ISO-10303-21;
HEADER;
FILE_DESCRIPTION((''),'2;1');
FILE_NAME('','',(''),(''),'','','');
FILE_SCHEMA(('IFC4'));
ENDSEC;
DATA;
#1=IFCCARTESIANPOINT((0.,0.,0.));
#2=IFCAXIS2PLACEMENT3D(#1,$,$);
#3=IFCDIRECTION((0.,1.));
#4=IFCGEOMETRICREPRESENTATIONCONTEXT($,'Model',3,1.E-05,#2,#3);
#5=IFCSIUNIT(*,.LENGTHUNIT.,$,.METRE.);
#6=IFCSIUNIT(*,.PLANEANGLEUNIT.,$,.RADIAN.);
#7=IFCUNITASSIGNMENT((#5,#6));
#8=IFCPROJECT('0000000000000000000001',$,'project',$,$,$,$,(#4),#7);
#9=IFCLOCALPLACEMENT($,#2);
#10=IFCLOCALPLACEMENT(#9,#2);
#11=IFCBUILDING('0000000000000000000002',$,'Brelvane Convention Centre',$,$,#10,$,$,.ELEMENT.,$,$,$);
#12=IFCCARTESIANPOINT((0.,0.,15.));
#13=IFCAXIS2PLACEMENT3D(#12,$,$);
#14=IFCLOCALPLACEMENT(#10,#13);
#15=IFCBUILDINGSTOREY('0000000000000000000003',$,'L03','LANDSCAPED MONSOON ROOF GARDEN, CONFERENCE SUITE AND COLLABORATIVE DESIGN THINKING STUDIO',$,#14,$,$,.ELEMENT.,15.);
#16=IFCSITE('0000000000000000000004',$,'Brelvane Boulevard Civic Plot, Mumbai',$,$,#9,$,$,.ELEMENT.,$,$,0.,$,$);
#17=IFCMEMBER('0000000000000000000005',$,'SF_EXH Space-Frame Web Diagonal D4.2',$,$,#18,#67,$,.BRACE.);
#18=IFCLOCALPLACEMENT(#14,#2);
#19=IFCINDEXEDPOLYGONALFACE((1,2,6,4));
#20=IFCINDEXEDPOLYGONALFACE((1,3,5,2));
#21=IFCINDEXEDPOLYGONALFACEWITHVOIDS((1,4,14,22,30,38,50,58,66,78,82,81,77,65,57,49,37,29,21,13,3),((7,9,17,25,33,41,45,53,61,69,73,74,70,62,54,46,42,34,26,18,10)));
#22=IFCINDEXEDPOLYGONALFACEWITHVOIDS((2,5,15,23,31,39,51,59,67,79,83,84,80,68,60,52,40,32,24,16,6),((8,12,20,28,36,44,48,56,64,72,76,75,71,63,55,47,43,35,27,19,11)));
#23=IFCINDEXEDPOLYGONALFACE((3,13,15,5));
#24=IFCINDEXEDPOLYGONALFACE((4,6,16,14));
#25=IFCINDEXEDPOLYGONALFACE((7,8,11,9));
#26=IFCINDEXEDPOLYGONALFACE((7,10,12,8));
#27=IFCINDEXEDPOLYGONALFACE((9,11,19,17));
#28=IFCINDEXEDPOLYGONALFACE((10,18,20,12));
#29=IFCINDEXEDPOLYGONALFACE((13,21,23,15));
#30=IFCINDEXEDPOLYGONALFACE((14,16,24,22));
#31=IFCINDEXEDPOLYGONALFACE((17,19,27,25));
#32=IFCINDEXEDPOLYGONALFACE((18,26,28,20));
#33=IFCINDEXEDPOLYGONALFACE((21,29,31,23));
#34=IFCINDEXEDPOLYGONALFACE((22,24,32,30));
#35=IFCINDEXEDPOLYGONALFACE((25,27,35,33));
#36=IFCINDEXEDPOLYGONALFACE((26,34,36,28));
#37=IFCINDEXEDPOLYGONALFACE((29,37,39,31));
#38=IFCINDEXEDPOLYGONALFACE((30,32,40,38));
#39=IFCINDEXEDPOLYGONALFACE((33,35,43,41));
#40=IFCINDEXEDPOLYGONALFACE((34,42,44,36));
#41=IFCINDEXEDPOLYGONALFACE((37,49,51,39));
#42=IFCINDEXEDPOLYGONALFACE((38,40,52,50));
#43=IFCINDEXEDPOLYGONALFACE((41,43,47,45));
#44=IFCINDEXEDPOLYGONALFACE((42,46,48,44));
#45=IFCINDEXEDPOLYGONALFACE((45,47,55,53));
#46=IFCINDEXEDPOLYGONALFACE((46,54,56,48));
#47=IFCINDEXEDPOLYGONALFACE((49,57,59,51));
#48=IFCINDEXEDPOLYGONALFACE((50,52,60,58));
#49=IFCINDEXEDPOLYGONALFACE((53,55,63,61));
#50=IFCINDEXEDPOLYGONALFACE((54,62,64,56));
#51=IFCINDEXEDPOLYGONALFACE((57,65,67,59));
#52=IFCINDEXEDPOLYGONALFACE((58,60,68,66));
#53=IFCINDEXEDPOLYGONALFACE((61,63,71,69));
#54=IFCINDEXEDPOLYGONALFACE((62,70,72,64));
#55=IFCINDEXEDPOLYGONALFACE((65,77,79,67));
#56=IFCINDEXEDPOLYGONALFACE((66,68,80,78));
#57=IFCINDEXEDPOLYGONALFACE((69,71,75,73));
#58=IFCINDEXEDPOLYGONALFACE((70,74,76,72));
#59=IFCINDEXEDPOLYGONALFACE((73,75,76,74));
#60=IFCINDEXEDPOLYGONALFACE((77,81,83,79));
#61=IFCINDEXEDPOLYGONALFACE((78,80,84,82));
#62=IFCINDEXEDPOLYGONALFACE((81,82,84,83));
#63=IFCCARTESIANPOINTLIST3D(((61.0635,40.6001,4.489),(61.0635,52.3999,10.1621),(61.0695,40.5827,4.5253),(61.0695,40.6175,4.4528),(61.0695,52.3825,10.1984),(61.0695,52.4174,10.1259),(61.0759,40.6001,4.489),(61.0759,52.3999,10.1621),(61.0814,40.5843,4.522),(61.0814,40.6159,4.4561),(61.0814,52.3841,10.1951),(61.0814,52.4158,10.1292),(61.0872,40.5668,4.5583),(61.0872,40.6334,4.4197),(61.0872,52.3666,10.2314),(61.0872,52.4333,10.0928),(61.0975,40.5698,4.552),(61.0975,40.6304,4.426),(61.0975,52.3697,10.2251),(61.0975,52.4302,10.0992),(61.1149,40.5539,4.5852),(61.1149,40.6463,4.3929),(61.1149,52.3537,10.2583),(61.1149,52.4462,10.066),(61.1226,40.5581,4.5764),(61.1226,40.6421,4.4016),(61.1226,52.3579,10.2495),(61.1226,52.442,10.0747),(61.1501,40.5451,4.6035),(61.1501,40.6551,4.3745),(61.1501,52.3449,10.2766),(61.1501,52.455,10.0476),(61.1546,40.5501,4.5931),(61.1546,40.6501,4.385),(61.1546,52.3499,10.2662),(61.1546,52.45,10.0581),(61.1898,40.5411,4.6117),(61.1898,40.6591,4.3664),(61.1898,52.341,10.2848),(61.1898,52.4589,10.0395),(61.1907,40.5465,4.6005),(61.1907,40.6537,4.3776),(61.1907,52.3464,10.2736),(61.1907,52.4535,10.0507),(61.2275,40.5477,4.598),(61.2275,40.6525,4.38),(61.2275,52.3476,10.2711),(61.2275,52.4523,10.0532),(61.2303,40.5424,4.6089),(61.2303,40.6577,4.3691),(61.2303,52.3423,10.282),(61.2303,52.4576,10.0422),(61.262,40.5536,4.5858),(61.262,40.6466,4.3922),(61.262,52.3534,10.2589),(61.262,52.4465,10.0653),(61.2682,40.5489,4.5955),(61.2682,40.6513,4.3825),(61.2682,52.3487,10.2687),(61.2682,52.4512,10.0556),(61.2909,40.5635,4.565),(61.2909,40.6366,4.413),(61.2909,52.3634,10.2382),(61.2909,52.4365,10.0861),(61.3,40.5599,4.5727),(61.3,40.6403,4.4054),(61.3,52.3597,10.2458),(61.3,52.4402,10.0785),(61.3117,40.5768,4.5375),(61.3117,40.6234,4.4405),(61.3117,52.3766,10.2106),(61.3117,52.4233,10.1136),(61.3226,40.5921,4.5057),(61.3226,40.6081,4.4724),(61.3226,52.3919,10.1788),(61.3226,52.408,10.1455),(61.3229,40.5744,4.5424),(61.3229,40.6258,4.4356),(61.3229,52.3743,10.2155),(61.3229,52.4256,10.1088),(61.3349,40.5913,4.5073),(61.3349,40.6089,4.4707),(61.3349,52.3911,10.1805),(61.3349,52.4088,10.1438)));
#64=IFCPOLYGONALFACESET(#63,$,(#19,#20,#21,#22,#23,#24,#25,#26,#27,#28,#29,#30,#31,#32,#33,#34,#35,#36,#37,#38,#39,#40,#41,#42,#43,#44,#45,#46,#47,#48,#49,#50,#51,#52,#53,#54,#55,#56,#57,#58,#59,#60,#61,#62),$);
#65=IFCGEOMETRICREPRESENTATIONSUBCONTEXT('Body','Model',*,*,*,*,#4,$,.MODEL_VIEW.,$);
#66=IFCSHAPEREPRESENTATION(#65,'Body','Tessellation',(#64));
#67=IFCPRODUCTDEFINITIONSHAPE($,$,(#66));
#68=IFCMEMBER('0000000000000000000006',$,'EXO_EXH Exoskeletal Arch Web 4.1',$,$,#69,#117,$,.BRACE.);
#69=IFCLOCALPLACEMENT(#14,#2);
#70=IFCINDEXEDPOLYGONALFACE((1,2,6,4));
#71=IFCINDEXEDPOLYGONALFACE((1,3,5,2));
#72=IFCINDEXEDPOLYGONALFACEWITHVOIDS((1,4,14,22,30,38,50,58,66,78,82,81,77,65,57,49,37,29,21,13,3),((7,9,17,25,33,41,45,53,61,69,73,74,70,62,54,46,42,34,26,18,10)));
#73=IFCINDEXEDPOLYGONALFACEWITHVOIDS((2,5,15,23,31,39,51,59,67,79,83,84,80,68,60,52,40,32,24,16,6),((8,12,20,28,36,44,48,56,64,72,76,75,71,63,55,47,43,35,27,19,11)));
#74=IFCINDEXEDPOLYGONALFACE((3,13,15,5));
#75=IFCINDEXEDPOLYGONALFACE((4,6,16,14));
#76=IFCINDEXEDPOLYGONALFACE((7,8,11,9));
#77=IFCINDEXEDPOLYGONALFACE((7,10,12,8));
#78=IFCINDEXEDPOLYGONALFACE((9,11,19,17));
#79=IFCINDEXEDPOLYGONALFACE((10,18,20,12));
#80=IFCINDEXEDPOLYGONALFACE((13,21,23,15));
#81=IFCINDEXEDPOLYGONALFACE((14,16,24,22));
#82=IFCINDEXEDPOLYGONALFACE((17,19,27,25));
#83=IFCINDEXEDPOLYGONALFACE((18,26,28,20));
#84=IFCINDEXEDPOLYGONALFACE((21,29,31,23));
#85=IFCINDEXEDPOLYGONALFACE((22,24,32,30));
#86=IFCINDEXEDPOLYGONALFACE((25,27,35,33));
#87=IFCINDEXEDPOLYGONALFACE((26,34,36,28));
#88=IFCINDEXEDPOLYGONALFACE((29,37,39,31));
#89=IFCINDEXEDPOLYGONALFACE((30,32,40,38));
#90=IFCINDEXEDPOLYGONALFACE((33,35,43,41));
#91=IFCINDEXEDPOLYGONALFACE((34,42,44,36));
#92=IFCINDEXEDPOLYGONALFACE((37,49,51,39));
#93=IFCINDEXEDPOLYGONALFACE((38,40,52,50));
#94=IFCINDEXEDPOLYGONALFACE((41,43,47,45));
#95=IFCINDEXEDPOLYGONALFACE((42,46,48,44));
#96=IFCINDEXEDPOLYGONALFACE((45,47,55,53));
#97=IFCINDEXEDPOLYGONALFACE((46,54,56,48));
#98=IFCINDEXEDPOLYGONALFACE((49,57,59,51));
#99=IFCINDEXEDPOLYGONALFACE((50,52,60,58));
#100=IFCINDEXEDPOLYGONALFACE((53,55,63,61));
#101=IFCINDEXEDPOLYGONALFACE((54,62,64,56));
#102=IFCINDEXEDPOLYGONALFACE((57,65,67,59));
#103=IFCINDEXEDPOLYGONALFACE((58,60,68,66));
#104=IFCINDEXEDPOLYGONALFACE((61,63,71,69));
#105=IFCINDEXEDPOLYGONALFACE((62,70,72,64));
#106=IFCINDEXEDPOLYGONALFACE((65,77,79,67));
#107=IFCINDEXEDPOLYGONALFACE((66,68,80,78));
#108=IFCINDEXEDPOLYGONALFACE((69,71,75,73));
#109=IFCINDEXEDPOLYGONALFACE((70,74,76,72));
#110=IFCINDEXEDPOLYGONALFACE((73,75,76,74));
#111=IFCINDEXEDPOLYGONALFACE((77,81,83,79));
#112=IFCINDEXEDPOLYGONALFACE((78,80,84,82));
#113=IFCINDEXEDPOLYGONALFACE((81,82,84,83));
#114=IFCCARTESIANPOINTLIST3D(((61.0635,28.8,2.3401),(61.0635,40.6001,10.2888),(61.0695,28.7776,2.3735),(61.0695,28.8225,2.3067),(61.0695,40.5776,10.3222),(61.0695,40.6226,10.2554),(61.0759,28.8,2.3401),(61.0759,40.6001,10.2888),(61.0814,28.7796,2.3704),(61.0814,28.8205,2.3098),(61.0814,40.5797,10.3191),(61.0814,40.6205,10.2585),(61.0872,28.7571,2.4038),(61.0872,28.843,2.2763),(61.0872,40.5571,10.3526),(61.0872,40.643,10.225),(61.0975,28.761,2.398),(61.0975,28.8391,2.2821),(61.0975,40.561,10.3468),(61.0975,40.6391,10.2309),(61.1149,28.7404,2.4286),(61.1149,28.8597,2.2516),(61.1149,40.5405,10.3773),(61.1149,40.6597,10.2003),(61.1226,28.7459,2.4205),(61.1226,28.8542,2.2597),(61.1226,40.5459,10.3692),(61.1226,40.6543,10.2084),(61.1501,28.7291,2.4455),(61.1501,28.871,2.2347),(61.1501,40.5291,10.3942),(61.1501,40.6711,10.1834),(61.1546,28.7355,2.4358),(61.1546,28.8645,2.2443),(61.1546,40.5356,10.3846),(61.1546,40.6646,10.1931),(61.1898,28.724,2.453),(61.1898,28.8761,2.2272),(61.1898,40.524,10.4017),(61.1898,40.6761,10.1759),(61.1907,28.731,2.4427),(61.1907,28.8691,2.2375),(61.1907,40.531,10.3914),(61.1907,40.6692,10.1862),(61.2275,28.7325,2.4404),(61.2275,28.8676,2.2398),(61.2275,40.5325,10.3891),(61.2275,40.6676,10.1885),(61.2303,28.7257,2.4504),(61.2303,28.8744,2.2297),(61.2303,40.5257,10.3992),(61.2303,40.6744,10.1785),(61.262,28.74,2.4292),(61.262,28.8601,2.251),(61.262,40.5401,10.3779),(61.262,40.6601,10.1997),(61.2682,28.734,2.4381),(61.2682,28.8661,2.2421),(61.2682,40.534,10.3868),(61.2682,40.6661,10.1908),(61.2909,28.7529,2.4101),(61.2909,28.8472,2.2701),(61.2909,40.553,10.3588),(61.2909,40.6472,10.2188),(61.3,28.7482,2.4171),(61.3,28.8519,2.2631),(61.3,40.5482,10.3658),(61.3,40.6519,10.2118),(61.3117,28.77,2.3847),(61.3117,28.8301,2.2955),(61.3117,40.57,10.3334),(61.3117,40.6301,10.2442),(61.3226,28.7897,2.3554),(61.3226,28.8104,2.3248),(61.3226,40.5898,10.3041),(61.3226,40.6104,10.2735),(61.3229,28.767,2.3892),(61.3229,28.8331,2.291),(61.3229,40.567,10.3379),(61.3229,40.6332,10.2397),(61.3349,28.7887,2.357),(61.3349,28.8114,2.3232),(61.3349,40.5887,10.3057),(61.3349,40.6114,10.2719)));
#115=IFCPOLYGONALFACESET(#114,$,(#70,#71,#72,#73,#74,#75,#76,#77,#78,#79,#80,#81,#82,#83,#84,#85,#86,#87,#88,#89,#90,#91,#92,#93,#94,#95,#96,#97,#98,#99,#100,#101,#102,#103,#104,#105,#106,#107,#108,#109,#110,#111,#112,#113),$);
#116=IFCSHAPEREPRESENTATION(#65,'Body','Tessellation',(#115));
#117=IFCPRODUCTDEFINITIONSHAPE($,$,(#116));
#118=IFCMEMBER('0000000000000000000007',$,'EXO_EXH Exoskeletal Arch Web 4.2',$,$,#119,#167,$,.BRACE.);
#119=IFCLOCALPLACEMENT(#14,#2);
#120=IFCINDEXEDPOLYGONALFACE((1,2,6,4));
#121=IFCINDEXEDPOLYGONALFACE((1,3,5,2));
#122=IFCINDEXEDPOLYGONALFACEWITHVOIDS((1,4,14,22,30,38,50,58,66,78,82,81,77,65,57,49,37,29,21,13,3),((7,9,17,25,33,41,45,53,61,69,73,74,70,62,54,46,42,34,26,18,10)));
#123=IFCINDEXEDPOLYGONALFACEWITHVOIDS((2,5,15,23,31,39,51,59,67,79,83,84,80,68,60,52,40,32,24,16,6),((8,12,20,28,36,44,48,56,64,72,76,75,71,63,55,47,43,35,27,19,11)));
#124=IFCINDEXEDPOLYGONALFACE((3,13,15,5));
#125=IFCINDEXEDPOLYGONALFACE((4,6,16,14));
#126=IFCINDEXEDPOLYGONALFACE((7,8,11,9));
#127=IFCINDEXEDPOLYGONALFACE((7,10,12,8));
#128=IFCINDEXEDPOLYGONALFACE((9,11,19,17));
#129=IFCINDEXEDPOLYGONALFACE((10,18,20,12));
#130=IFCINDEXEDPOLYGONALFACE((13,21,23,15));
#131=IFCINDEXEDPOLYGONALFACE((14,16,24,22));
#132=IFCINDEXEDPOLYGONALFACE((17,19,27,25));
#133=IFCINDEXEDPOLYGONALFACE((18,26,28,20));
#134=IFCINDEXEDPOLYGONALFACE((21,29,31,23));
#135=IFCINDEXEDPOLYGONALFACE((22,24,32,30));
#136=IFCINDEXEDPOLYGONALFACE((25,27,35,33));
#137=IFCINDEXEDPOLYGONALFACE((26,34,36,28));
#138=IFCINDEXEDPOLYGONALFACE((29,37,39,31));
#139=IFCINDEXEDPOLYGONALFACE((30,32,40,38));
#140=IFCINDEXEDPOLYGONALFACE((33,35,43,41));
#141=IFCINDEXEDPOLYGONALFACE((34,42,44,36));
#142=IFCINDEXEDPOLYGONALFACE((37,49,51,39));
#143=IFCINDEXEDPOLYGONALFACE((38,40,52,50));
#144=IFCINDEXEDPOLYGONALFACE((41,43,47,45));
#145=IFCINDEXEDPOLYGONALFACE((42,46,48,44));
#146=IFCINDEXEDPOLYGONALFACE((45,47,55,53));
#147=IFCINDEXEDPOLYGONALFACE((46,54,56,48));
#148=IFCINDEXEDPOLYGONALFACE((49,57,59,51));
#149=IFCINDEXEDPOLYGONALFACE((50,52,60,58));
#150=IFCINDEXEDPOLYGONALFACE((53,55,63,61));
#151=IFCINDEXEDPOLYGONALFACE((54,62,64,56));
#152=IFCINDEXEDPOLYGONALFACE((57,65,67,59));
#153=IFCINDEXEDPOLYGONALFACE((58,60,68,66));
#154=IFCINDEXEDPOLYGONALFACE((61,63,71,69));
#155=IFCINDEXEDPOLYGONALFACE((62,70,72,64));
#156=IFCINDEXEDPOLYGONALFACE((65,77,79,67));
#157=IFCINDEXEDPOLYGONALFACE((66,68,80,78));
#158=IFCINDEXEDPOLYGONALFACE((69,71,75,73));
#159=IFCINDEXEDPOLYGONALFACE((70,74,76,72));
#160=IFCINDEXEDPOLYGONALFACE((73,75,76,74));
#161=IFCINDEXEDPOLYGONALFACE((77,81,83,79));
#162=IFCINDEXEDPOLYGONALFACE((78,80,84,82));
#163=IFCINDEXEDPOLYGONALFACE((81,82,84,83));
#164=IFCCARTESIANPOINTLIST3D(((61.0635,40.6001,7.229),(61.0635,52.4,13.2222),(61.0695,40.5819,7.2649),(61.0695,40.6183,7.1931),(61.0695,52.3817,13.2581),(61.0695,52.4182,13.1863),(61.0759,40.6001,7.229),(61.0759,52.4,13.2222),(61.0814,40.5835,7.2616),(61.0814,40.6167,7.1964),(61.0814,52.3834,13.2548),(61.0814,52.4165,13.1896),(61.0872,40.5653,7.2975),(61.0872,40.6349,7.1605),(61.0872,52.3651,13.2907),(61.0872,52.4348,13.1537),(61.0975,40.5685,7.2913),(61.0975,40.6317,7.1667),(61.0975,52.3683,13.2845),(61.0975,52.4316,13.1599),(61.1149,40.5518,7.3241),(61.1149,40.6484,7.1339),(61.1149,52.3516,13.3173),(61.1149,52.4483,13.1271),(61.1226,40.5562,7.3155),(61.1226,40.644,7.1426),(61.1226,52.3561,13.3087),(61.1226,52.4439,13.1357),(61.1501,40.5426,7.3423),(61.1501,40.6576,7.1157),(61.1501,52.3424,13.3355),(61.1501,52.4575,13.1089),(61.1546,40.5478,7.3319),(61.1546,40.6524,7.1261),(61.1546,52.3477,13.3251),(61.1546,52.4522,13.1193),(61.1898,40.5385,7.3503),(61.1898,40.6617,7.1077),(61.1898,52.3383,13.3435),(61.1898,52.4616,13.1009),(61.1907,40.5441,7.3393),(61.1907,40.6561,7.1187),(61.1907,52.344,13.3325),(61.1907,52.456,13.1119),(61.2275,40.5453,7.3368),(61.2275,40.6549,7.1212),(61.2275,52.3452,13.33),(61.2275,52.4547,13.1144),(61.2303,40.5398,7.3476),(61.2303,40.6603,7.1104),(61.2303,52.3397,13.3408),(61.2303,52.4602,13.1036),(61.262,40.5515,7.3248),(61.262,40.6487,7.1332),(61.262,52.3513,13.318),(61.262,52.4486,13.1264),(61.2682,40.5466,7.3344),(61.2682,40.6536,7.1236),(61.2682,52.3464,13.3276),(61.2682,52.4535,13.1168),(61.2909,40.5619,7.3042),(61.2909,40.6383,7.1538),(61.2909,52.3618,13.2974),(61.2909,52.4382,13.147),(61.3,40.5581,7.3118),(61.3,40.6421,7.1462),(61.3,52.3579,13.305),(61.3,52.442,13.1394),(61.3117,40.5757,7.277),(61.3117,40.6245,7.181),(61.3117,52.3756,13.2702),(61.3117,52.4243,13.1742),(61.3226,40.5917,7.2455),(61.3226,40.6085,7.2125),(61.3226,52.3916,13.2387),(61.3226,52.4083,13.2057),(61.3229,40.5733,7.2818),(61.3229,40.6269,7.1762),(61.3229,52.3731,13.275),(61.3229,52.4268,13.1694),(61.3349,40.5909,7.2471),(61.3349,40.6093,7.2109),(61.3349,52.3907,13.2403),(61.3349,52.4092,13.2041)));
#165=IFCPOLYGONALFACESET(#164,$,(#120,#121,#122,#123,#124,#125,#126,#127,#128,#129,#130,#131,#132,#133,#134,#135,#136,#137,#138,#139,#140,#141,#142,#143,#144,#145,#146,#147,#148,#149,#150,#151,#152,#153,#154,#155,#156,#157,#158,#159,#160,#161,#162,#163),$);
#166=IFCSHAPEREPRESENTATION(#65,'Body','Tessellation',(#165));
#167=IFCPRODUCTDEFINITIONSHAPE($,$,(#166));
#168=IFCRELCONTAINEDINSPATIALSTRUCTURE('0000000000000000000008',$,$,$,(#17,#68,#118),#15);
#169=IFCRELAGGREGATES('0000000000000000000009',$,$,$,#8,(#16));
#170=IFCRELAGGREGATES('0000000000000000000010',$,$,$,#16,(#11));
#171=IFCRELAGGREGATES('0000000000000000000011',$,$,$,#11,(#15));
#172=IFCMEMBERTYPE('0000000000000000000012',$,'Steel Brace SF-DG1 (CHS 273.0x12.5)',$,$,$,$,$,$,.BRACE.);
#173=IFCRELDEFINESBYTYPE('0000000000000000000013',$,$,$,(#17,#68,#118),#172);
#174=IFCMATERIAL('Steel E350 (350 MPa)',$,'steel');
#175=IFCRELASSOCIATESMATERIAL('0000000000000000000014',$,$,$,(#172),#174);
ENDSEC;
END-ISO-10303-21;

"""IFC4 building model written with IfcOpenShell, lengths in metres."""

from ifc_helpers import new_model, si_unit, direction, frame, origin, origin_2d, place, context, subcontext, project, spatial, hollow_circle, extrude, material, material_profile, profile_set, type_object, element, save


model = new_model("IFC4")

# Units and contexts
model_context = context("Model", 3, precision=1e-05, world=origin(), true_north=direction((0.0, 1.0)))
body_context = subcontext(model_context, "Body", "Model", "MODEL_VIEW")
ifc_project = project(units=[si_unit("LENGTHUNIT", "METRE"), si_unit("PLANEANGLEUNIT", "RADIAN")], contexts=[model_context])

# Site, building, storey
site_placement = place(None, origin())
site = spatial("IfcSite", under=ifc_project, at=site_placement, Name="Brelvane Boulevard Civic Plot, Mumbai", CompositionType="ELEMENT", RefElevation=0.0)
building_placement = place(site_placement, origin())
building = spatial("IfcBuilding", under=site, at=building_placement, Name="Brelvane Convention Centre", CompositionType="ELEMENT")
storey_placement = place(building_placement, frame((0.0, 0.0, 15.0)))
storey = spatial("IfcBuildingStorey", under=building, at=storey_placement, Name="L03", Description="LANDSCAPED MONSOON ROOF GARDEN, CONFERENCE SUITE AND COLLABORATIVE DESIGN THINKING STUDIO", CompositionType="ELEMENT", Elevation=15.0)

# Members
ifc_material_1 = material(Name="Steel E350 (350 MPa)", Category="steel")
ifc_material_profile_1 = material_profile(ifc_material_1, hollow_circle(Radius=0.1365, WallThickness=0.0125, at=origin_2d()), Name="CHS 273.0x12.5")
ifc_profile_set_1 = profile_set([ifc_material_profile_1], Name="Steel E350 (350 MPa)")
member_type_1 = type_object("IfcMemberType", Name="Steel Brace SF-DG1 (CHS 273.0x12.5)", PredefinedType="BRACE", material=ifc_profile_set_1)
member_1_placement = place(storey_placement, frame((61.2, 40.6001, 4.489), z_axis=(0.0, 0.901249, 0.433301), x_axis=(-1.0, 0.0, 0.0)))
element("IfcMember", 1, at=member_1_placement, inside=storey, type_object=member_type_1, Name="SF_EXH Space-Frame Web Diagonal D4.2", PredefinedType="BRACE", context=body_context, shape_type="SweptSolid", body=[
    extrude(hollow_circle(Radius=0.1365, WallThickness=0.0125, at=origin_2d()), origin(), (0.0, 0.0, 1.0), 13.0928),
])
member_2_placement = place(storey_placement, frame((61.2, 28.8, 2.3401), z_axis=(0.0, 0.82938, 0.558685), x_axis=(-1.0, 0.0, 0.0)))
element("IfcMember", 2, at=member_2_placement, inside=storey, type_object=member_type_1, Name="EXO_EXH Exoskeletal Arch Web 4.1", PredefinedType="BRACE", context=body_context, shape_type="SweptSolid", body=[
    extrude(hollow_circle(Radius=0.1365, WallThickness=0.0125, at=origin_2d()), origin(), (0.0, 0.0, 1.0), 14.2275),
])
member_3_placement = place(storey_placement, frame((61.2, 40.6001, 7.229), z_axis=(0.0, 0.891591, 0.452842), x_axis=(-1.0, 0.0, 0.0)))
element("IfcMember", 3, at=member_3_placement, inside=storey, type_object=member_type_1, Name="EXO_EXH Exoskeletal Arch Web 4.2", PredefinedType="BRACE", context=body_context, shape_type="SweptSolid", body=[
    extrude(hollow_circle(Radius=0.1365, WallThickness=0.0125, at=origin_2d()), origin(), (0.0, 0.0, 1.0), 13.2346),
])

save(model, "model.ifc")
